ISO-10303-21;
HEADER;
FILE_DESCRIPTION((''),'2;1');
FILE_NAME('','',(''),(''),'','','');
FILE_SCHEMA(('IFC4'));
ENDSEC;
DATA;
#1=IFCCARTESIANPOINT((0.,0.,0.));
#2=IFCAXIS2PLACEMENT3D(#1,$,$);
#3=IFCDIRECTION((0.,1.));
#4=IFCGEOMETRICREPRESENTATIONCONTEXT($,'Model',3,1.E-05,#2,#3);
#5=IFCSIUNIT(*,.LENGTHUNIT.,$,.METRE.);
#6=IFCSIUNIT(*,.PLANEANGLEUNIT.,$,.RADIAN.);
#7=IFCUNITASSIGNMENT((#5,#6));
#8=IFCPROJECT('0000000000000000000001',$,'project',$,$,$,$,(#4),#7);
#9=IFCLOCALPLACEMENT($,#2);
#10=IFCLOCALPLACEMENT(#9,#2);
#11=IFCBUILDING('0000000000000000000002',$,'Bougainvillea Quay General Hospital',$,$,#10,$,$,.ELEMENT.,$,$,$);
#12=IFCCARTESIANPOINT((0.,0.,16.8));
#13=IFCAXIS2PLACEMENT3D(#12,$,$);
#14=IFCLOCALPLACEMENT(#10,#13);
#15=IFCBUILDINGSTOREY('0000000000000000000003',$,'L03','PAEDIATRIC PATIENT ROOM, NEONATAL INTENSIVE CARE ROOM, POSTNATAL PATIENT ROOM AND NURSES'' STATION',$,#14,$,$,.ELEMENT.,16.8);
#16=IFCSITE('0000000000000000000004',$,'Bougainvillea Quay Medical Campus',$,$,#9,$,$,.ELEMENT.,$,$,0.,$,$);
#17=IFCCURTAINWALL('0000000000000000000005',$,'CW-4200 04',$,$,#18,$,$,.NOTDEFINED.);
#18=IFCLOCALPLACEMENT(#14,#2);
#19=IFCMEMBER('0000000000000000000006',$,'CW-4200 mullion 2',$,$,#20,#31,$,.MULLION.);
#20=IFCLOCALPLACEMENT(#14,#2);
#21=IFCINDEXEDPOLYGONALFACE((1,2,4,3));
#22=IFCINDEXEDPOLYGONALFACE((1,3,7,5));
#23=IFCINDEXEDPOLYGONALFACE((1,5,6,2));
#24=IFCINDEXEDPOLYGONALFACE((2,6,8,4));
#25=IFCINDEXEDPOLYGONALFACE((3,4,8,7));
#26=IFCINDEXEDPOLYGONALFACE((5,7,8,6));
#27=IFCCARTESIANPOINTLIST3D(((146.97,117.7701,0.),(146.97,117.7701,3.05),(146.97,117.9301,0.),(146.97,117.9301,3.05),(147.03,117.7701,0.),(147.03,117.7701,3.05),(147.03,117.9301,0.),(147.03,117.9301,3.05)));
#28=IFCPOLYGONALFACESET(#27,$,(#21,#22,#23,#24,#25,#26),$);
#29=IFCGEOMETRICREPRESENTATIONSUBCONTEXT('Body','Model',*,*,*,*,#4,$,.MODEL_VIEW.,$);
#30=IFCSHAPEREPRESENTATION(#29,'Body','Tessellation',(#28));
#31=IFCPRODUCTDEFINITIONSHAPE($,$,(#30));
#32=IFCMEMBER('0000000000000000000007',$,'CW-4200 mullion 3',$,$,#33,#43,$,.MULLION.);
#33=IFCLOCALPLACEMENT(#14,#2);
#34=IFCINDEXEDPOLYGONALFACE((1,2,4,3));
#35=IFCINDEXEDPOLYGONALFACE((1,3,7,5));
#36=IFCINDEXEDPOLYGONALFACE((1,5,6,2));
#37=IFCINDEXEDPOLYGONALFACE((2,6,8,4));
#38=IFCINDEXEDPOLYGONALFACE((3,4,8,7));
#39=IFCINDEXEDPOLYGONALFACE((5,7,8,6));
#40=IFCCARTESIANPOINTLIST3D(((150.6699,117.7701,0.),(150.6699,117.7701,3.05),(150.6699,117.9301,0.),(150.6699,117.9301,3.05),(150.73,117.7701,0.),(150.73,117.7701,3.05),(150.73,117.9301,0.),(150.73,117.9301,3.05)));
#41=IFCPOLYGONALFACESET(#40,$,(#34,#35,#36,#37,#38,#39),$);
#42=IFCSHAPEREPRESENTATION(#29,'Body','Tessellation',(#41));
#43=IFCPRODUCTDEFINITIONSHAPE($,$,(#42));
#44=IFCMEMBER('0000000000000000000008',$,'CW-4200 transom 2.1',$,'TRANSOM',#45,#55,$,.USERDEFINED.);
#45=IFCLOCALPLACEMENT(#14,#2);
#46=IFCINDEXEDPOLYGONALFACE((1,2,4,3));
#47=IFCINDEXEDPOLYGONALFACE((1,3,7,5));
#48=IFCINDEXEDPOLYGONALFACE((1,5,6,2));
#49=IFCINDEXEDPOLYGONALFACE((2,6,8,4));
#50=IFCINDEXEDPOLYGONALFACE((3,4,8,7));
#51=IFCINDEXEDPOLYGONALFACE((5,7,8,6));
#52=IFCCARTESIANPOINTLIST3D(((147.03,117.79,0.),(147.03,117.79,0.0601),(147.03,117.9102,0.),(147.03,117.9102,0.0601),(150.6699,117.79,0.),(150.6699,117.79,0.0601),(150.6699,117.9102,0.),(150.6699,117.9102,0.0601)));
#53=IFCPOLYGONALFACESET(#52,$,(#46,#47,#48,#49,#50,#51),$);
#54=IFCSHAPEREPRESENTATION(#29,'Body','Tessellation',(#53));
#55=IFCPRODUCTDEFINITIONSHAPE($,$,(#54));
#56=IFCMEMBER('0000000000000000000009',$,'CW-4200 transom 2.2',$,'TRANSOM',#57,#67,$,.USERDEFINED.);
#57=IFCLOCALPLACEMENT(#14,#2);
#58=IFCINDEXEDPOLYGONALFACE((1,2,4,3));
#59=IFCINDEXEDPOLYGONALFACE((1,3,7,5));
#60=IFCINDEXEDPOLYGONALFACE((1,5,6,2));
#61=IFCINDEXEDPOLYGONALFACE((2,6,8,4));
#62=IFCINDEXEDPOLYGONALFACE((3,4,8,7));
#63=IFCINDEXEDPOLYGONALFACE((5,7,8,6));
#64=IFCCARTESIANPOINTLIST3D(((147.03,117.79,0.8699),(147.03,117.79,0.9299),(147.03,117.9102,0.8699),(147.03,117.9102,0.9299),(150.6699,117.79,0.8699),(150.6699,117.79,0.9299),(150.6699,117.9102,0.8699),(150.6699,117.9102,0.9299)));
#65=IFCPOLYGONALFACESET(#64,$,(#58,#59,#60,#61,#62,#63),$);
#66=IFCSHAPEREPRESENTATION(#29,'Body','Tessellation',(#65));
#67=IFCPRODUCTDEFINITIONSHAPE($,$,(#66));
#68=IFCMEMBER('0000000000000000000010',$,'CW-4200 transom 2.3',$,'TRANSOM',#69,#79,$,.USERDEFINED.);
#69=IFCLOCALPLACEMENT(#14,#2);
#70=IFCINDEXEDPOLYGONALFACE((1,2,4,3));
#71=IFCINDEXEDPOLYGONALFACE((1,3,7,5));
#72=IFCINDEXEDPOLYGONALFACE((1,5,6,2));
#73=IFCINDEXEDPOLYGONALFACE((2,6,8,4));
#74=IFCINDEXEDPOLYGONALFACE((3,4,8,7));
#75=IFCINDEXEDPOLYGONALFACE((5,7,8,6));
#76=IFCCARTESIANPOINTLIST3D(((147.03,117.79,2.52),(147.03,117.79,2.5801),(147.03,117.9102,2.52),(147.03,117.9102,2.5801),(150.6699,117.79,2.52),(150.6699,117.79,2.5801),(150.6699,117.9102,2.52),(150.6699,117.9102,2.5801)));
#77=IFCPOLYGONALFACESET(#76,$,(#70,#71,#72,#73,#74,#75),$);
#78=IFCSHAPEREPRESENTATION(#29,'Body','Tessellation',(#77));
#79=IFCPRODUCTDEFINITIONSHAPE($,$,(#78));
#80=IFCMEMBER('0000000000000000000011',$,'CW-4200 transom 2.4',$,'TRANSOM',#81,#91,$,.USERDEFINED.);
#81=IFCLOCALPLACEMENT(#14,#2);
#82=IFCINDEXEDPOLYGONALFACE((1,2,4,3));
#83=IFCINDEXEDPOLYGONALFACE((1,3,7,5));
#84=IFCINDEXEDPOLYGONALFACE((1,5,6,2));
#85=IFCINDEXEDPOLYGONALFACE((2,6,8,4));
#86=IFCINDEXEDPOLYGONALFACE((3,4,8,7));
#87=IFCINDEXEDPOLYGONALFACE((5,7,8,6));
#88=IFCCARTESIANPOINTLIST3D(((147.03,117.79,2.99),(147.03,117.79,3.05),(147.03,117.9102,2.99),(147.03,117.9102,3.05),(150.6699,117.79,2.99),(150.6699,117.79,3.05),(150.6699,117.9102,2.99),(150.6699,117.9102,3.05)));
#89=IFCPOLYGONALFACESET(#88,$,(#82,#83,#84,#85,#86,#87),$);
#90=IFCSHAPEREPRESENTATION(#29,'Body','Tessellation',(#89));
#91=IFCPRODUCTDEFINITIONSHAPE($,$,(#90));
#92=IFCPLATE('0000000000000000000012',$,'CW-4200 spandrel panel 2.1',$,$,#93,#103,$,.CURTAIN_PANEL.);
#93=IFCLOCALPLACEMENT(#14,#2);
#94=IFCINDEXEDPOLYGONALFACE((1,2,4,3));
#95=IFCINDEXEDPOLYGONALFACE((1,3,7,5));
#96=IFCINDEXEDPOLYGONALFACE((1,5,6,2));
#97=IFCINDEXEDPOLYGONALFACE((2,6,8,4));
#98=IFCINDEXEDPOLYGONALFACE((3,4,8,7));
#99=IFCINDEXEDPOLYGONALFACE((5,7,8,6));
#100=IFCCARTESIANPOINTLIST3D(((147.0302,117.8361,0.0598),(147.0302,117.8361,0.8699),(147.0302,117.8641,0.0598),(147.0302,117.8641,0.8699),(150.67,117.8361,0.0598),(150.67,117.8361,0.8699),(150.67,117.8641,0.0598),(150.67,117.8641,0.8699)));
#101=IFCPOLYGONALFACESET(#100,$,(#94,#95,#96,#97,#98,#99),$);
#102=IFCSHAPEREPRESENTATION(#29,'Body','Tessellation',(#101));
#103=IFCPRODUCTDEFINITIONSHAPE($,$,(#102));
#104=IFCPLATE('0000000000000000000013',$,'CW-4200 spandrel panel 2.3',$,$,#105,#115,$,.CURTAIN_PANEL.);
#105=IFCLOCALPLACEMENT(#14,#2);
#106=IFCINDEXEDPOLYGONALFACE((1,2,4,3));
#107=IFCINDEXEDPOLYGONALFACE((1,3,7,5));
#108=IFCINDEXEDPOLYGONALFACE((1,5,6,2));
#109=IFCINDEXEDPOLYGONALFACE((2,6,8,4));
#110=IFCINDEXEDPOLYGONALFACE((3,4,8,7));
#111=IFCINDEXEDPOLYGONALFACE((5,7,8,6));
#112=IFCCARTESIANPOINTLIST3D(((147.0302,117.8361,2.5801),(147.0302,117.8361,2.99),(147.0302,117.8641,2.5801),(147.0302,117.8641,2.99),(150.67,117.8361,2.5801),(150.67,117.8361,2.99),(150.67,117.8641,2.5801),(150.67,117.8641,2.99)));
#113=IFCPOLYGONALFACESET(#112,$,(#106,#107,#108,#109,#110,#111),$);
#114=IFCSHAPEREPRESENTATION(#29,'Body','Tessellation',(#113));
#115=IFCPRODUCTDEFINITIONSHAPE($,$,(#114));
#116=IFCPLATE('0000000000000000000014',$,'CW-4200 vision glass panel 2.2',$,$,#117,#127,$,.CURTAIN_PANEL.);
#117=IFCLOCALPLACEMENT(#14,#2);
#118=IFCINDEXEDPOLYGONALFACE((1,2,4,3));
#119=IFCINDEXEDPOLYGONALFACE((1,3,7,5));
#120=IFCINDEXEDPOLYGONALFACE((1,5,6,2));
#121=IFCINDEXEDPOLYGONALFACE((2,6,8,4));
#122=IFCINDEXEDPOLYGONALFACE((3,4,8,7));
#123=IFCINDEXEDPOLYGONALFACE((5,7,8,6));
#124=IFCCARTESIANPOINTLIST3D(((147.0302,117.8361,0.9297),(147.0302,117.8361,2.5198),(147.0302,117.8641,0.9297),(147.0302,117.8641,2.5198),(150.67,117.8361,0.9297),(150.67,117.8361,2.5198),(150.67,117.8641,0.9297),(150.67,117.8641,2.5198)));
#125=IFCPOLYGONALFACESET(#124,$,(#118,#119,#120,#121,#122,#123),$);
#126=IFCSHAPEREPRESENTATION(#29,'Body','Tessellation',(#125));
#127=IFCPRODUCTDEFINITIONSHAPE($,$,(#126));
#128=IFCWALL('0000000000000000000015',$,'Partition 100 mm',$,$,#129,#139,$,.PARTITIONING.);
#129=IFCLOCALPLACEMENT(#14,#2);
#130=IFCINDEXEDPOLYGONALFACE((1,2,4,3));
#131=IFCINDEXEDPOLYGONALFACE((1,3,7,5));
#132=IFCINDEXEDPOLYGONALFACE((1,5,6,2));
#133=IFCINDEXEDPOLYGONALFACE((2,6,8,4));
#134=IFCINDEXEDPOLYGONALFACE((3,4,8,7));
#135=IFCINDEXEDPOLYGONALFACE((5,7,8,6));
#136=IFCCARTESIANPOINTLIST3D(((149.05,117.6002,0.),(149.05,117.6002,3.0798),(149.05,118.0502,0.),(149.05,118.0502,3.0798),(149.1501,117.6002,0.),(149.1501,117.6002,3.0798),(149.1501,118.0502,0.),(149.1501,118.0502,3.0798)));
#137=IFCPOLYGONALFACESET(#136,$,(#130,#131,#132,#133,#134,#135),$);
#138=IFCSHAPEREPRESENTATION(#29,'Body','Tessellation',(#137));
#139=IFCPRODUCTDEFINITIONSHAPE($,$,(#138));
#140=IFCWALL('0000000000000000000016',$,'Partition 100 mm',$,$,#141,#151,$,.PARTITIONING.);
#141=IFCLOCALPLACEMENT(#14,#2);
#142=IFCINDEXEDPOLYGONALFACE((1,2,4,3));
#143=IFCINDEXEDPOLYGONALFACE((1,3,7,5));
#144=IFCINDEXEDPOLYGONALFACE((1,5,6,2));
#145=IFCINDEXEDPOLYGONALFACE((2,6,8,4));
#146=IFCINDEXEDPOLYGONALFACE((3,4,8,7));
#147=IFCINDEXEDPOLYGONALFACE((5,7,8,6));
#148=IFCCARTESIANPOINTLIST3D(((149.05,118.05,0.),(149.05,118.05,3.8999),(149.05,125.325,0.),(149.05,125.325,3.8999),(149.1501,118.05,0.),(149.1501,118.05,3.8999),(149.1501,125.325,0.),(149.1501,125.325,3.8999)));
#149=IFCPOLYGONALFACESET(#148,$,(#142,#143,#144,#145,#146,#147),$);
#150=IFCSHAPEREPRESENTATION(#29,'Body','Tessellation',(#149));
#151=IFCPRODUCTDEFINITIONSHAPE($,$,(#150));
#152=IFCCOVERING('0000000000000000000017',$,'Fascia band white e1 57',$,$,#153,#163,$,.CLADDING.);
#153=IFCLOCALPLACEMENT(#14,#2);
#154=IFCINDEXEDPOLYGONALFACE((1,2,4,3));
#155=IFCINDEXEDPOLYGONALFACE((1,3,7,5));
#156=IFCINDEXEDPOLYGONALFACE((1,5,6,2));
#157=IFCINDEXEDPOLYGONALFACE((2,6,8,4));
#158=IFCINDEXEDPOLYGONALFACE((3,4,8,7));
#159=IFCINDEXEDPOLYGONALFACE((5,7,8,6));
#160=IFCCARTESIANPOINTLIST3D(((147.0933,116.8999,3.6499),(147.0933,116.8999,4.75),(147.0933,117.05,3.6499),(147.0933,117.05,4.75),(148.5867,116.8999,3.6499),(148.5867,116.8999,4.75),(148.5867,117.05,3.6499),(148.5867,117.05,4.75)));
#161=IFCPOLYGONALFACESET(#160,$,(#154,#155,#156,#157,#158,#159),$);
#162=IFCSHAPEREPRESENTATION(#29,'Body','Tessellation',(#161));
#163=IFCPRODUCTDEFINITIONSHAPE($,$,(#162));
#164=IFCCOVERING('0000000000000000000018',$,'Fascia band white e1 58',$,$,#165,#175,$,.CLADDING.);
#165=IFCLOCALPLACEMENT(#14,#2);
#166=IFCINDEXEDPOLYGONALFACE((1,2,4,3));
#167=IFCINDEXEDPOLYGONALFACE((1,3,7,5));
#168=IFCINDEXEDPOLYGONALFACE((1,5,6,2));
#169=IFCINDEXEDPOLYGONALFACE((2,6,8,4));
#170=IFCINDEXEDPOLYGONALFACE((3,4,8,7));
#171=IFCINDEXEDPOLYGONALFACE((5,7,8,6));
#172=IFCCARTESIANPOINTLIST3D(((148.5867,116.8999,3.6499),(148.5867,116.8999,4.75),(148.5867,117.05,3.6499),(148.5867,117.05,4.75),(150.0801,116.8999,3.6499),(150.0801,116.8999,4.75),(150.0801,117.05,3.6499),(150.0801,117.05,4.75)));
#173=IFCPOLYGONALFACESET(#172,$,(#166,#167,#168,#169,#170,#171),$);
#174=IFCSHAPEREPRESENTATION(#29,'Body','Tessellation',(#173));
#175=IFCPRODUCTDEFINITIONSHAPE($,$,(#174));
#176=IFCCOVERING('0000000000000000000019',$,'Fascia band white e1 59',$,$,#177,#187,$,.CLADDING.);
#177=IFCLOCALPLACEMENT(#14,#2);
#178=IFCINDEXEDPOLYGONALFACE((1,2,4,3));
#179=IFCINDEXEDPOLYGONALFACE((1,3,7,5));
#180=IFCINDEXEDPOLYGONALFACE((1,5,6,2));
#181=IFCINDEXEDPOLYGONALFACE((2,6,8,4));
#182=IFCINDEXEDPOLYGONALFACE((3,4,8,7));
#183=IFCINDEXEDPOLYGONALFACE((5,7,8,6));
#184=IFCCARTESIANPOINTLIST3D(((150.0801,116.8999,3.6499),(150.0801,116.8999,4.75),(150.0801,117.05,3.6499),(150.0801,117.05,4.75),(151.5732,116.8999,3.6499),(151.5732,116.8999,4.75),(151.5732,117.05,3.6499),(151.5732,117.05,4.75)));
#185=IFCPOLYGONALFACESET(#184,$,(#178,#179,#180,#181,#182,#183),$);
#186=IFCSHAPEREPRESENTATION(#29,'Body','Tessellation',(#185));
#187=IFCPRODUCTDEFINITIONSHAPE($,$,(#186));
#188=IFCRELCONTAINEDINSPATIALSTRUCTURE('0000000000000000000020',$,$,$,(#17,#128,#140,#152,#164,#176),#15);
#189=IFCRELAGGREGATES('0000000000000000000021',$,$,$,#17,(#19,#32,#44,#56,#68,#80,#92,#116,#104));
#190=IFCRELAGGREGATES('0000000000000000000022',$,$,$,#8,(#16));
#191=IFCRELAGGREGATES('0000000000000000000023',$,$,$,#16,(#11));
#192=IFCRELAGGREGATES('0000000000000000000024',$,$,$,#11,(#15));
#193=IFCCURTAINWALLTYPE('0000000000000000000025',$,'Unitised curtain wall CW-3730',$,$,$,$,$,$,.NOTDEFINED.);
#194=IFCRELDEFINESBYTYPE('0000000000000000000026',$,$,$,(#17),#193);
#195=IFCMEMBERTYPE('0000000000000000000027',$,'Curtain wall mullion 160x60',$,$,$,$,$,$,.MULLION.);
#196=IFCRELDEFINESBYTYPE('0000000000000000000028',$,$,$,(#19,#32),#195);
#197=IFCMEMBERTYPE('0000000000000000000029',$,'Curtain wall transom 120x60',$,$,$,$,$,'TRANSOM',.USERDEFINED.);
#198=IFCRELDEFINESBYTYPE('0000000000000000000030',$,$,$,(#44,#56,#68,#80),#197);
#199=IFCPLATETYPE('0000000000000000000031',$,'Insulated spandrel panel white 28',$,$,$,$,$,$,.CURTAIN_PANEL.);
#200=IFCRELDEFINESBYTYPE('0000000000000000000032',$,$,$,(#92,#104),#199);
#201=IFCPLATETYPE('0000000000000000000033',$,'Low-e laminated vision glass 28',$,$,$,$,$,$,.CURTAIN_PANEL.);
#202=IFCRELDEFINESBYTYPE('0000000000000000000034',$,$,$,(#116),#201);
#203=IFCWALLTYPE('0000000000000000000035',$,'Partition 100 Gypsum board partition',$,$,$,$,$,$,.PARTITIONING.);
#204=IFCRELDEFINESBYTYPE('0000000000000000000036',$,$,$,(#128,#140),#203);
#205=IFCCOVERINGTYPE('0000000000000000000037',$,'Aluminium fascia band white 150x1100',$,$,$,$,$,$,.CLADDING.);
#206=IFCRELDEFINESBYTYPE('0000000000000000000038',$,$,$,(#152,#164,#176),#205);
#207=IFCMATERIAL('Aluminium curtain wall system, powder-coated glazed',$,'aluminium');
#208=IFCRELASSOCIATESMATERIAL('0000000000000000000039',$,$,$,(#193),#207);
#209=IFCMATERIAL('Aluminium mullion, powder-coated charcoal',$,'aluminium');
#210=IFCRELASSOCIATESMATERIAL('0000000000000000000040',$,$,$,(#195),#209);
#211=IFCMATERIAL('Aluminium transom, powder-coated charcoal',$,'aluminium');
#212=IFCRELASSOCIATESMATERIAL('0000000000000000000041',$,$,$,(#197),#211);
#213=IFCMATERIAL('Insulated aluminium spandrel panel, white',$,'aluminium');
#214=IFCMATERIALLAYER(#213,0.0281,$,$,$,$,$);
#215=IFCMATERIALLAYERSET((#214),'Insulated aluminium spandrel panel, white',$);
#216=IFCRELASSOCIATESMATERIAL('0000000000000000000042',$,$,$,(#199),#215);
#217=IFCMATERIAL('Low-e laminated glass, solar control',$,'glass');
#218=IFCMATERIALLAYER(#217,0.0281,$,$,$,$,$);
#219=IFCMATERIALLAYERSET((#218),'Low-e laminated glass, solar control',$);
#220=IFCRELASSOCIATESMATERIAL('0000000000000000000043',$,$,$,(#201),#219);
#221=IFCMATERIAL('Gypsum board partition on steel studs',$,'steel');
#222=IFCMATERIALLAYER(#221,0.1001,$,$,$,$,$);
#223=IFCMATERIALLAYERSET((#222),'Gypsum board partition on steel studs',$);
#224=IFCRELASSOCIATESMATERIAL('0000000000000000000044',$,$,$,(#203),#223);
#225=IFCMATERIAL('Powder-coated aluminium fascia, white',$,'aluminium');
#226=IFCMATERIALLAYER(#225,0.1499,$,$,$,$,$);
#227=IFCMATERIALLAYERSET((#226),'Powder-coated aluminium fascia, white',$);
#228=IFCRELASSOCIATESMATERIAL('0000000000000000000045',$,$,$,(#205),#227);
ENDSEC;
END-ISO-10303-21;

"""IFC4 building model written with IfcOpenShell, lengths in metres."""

from ifc_helpers import new_model, si_unit, direction, frame, frame_2d, origin, origin_2d, place, context, subcontext, project, spatial, polyline, rectangle, outline, extrude, material, layer, layer_set, material_profile, profile_set, type_object, element, aggregate, save


model = new_model("IFC4")

# Units and contexts
model_context = context("Model", 3, precision=1e-05, world=origin(), true_north=direction((0.0, 1.0)))
body_context = subcontext(model_context, "Body", "Model", "MODEL_VIEW")
ifc_project = project(units=[si_unit("LENGTHUNIT", "METRE"), si_unit("PLANEANGLEUNIT", "RADIAN")], contexts=[model_context])

# Site, building, storey
site_placement = place(None, origin())
site = spatial("IfcSite", under=ifc_project, at=site_placement, Name="Bougainvillea Quay Medical Campus", CompositionType="ELEMENT", RefElevation=0.0)
building_placement = place(site_placement, origin())
building = spatial("IfcBuilding", under=site, at=building_placement, Name="Bougainvillea Quay General Hospital", CompositionType="ELEMENT")
storey_placement = place(building_placement, frame((0.0, 0.0, 16.8)))
storey = spatial("IfcBuildingStorey", under=building, at=storey_placement, Name="L03", Description="PAEDIATRIC PATIENT ROOM, NEONATAL INTENSIVE CARE ROOM, POSTNATAL PATIENT ROOM AND NURSES' STATION", CompositionType="ELEMENT", Elevation=16.8)

# Curtain wall, members, plates
ifc_material_1 = material(Name="Aluminium curtain wall system, powder-coated glazed", Category="aluminium")
curtain_wall_type = type_object("IfcCurtainWallType", Name="Unitised curtain wall CW-3730", PredefinedType="NOTDEFINED", material=ifc_material_1)
curtain_wall_placement = place(storey_placement, origin())
curtain_wall = element("IfcCurtainWall", 1, at=curtain_wall_placement, inside=storey, type_object=curtain_wall_type, Name="CW-4200 04", PredefinedType="NOTDEFINED")
ifc_material_2 = material(Name="Aluminium mullion, powder-coated charcoal", Category="aluminium")
ifc_material_profile_1 = material_profile(ifc_material_2, rectangle(XDim=0.1599, YDim=0.0601, at=origin_2d()))
ifc_profile_set_1 = profile_set([ifc_material_profile_1], Name="Aluminium mullion, powder-coated charcoal")
member_type_1 = type_object("IfcMemberType", Name="Curtain wall mullion 160x60", PredefinedType="MULLION", material=ifc_profile_set_1)
member_1_placement = place(storey_placement, frame((147.0, 117.8501, 0.0), z_axis=(0.0, 0.0, 1.0), x_axis=(0.0, 1.0, 0.0)))
member_1 = element("IfcMember", 2, at=member_1_placement, type_object=member_type_1, Name="CW-4200 mullion 2", PredefinedType="MULLION", context=body_context, shape_type="SweptSolid", body=[
    extrude(rectangle(XDim=0.1599, YDim=0.0601, at=origin_2d()), origin(), (0.0, 0.0, 1.0), 3.05),
])
member_2_placement = place(storey_placement, frame((150.7, 117.8501, 0.0), z_axis=(0.0, 0.0, 1.0), x_axis=(0.0, 1.0, 0.0)))
member_2 = element("IfcMember", 3, at=member_2_placement, type_object=member_type_1, Name="CW-4200 mullion 3", PredefinedType="MULLION", context=body_context, shape_type="SweptSolid", body=[
    extrude(rectangle(XDim=0.1599, YDim=0.0601, at=origin_2d()), origin(), (0.0, 0.0, 1.0), 3.05),
])
ifc_material_3 = material(Name="Aluminium transom, powder-coated charcoal", Category="aluminium")
ifc_material_profile_2 = material_profile(ifc_material_3, rectangle(XDim=0.1201, YDim=0.0601, at=origin_2d()))
ifc_profile_set_2 = profile_set([ifc_material_profile_2], Name="Aluminium transom, powder-coated charcoal")
member_type_2 = type_object("IfcMemberType", Name="Curtain wall transom 120x60", ElementType="TRANSOM", PredefinedType="USERDEFINED", material=ifc_profile_set_2)
member_3_placement = place(storey_placement, frame((147.03, 117.8501, 0.03), z_axis=(1.0, 0.0, 0.0), x_axis=(0.0, 1.0, 0.0)))
member_3 = element("IfcMember", 4, at=member_3_placement, type_object=member_type_2, Name="CW-4200 transom 2.1", ObjectType="TRANSOM", PredefinedType="USERDEFINED", context=body_context, shape_type="SweptSolid", body=[
    extrude(rectangle(XDim=0.1201, YDim=0.0601, at=origin_2d()), origin(), (0.0, 0.0, 1.0), 3.6399),
])
member_4_placement = place(storey_placement, frame((147.03, 117.8501, 0.8999), z_axis=(1.0, 0.0, 0.0), x_axis=(0.0, 1.0, 0.0)))
member_4 = element("IfcMember", 5, at=member_4_placement, type_object=member_type_2, Name="CW-4200 transom 2.2", ObjectType="TRANSOM", PredefinedType="USERDEFINED", context=body_context, shape_type="SweptSolid", body=[
    extrude(rectangle(XDim=0.1201, YDim=0.0601, at=origin_2d()), origin(), (0.0, 0.0, 1.0), 3.6399),
])
member_5_placement = place(storey_placement, frame((147.03, 117.8501, 2.55), z_axis=(1.0, 0.0, 0.0), x_axis=(0.0, 1.0, 0.0)))
member_5 = element("IfcMember", 6, at=member_5_placement, type_object=member_type_2, Name="CW-4200 transom 2.3", ObjectType="TRANSOM", PredefinedType="USERDEFINED", context=body_context, shape_type="SweptSolid", body=[
    extrude(rectangle(XDim=0.1201, YDim=0.0601, at=origin_2d()), origin(), (0.0, 0.0, 1.0), 3.6399),
])
member_6_placement = place(storey_placement, frame((147.03, 117.8501, 3.02), z_axis=(1.0, 0.0, 0.0), x_axis=(0.0, 1.0, 0.0)))
member_6 = element("IfcMember", 7, at=member_6_placement, type_object=member_type_2, Name="CW-4200 transom 2.4", ObjectType="TRANSOM", PredefinedType="USERDEFINED", context=body_context, shape_type="SweptSolid", body=[
    extrude(rectangle(XDim=0.1201, YDim=0.0601, at=origin_2d()), origin(), (0.0, 0.0, 1.0), 3.6399),
])
ifc_material_4 = material(Name="Insulated aluminium spandrel panel, white", Category="aluminium")
ifc_layer_1 = layer(ifc_material_4, 0.0281)
ifc_layer_set_1 = layer_set([ifc_layer_1], Name="Insulated aluminium spandrel panel, white")
plate_type_1 = type_object("IfcPlateType", Name="Insulated spandrel panel white 28", PredefinedType="CURTAIN_PANEL", material=ifc_layer_set_1)
plate_1_placement = place(storey_placement, frame((148.8501, 117.8501, 0.0598), z_axis=(0.0, 0.0, 1.0), x_axis=(1.0, 0.0, 0.0)))
plate_1 = element("IfcPlate", 8, at=plate_1_placement, type_object=plate_type_1, Name="CW-4200 spandrel panel 2.1", PredefinedType="CURTAIN_PANEL", context=body_context, shape_type="SweptSolid", body=[
    extrude(rectangle(XDim=3.6399, YDim=0.0281, at=origin_2d()), origin(), (0.0, 0.0, 1.0), 0.8101),
])
plate_2_placement = place(storey_placement, frame((148.8501, 117.8501, 2.5801), z_axis=(0.0, 0.0, 1.0), x_axis=(1.0, 0.0, 0.0)))
plate_2 = element("IfcPlate", 9, at=plate_2_placement, type_object=plate_type_1, Name="CW-4200 spandrel panel 2.3", PredefinedType="CURTAIN_PANEL", context=body_context, shape_type="SweptSolid", body=[
    extrude(rectangle(XDim=3.6399, YDim=0.0281, at=origin_2d()), origin(), (0.0, 0.0, 1.0), 0.4099),
])
ifc_material_5 = material(Name="Low-e laminated glass, solar control", Category="glass")
ifc_layer_2 = layer(ifc_material_5, 0.0281)
ifc_layer_set_2 = layer_set([ifc_layer_2], Name="Low-e laminated glass, solar control")
plate_type_2 = type_object("IfcPlateType", Name="Low-e laminated vision glass 28", PredefinedType="CURTAIN_PANEL", material=ifc_layer_set_2)
plate_3_placement = place(storey_placement, frame((148.8501, 117.8501, 0.9297), z_axis=(0.0, 0.0, 1.0), x_axis=(1.0, 0.0, 0.0)))
plate_3 = element("IfcPlate", 10, at=plate_3_placement, type_object=plate_type_2, Name="CW-4200 vision glass panel 2.2", PredefinedType="CURTAIN_PANEL", context=body_context, shape_type="SweptSolid", body=[
    extrude(rectangle(XDim=3.6399, YDim=0.0281, at=origin_2d()), origin(), (0.0, 0.0, 1.0), 1.5901),
])
aggregate(curtain_wall, [member_1, member_2, member_3, member_4, member_5, member_6, plate_1, plate_3, plate_2])

# Walls
ifc_material_6 = material(Name="Gypsum board partition on steel studs", Category="steel")
ifc_layer_3 = layer(ifc_material_6, 0.1001)
ifc_layer_set_3 = layer_set([ifc_layer_3], Name="Gypsum board partition on steel studs")
wall_type = type_object("IfcWallType", Name="Partition 100 Gypsum board partition", PredefinedType="PARTITIONING", material=ifc_layer_set_3)
wall_1_placement = place(storey_placement, frame((149.1001, 117.6001, 0.0), z_axis=(0.0, 0.0, 1.0), x_axis=(0.0, 1.0, 0.0)))
element("IfcWall", 11, at=wall_1_placement, inside=storey, type_object=wall_type, Name="Partition 100 mm", PredefinedType="PARTITIONING", context=body_context, shape_type="SweptSolid", body=[
    extrude(rectangle(XDim=0.45, YDim=0.1001, at=frame_2d((0.2251, 0.0))), origin(), (0.0, 0.0, 1.0), 3.0798),
])
wall_2_placement = place(storey_placement, frame((149.1001, 118.05, 0.0), z_axis=(0.0, 0.0, 1.0), x_axis=(0.0, 1.0, 0.0)))
element("IfcWall", 12, at=wall_2_placement, inside=storey, type_object=wall_type, Name="Partition 100 mm", PredefinedType="PARTITIONING", context=body_context, shape_type="SweptSolid", body=[
    extrude(rectangle(XDim=7.2749, YDim=0.1001, at=frame_2d((3.6375, 0.0))), origin(), (0.0, 0.0, 1.0), 3.8999),
])

# Coverings
ifc_material_7 = material(Name="Powder-coated aluminium fascia, white", Category="aluminium")
ifc_layer_4 = layer(ifc_material_7, 0.1499)
ifc_layer_set_4 = layer_set([ifc_layer_4], Name="Powder-coated aluminium fascia, white")
covering_type = type_object("IfcCoveringType", Name="Aluminium fascia band white 150x1100", PredefinedType="CLADDING", material=ifc_layer_set_4)
for number, where, z_axis, x_axis, name in (
    (13, (147.0933, 117.05, 3.6499), (0.0, 0.0, 1.0), (1.0, 0.0, 0.0), "Fascia band white e1 57"),
    (14, (148.5867, 117.05, 3.6499), (0.0, 0.0, 1.0), (1.0, 0.0, 0.0), "Fascia band white e1 58"),
):
    element("IfcCovering", number, at=place(storey_placement, frame(where, z_axis=z_axis, x_axis=x_axis)), inside=storey, type_object=covering_type, Name=name, PredefinedType="CLADDING", context=body_context, shape_type="SweptSolid", body=[
        extrude(outline(polyline([(0.0, 0.0), (1.4934, 0.0), (1.4934, -0.1501), (0.0, -0.1501), (0.0, 0.0)])), origin(), (0.0, 0.0, 1.0), 1.1001),
    ])
covering_placement = place(storey_placement, frame((150.0801, 117.05, 3.6499), z_axis=(0.0, 0.0, 1.0), x_axis=(1.0, 0.0, 0.0)))
element("IfcCovering", 15, at=covering_placement, inside=storey, type_object=covering_type, Name="Fascia band white e1 59", PredefinedType="CLADDING", context=body_context, shape_type="SweptSolid", body=[
    extrude(outline(polyline([(0.0, 0.0), (1.4932, 0.0), (1.4932, -0.1501), (0.0, -0.1501), (0.0, 0.0)])), origin(), (0.0, 0.0, 1.0), 1.1001),
])

save(model, "model.ifc")
